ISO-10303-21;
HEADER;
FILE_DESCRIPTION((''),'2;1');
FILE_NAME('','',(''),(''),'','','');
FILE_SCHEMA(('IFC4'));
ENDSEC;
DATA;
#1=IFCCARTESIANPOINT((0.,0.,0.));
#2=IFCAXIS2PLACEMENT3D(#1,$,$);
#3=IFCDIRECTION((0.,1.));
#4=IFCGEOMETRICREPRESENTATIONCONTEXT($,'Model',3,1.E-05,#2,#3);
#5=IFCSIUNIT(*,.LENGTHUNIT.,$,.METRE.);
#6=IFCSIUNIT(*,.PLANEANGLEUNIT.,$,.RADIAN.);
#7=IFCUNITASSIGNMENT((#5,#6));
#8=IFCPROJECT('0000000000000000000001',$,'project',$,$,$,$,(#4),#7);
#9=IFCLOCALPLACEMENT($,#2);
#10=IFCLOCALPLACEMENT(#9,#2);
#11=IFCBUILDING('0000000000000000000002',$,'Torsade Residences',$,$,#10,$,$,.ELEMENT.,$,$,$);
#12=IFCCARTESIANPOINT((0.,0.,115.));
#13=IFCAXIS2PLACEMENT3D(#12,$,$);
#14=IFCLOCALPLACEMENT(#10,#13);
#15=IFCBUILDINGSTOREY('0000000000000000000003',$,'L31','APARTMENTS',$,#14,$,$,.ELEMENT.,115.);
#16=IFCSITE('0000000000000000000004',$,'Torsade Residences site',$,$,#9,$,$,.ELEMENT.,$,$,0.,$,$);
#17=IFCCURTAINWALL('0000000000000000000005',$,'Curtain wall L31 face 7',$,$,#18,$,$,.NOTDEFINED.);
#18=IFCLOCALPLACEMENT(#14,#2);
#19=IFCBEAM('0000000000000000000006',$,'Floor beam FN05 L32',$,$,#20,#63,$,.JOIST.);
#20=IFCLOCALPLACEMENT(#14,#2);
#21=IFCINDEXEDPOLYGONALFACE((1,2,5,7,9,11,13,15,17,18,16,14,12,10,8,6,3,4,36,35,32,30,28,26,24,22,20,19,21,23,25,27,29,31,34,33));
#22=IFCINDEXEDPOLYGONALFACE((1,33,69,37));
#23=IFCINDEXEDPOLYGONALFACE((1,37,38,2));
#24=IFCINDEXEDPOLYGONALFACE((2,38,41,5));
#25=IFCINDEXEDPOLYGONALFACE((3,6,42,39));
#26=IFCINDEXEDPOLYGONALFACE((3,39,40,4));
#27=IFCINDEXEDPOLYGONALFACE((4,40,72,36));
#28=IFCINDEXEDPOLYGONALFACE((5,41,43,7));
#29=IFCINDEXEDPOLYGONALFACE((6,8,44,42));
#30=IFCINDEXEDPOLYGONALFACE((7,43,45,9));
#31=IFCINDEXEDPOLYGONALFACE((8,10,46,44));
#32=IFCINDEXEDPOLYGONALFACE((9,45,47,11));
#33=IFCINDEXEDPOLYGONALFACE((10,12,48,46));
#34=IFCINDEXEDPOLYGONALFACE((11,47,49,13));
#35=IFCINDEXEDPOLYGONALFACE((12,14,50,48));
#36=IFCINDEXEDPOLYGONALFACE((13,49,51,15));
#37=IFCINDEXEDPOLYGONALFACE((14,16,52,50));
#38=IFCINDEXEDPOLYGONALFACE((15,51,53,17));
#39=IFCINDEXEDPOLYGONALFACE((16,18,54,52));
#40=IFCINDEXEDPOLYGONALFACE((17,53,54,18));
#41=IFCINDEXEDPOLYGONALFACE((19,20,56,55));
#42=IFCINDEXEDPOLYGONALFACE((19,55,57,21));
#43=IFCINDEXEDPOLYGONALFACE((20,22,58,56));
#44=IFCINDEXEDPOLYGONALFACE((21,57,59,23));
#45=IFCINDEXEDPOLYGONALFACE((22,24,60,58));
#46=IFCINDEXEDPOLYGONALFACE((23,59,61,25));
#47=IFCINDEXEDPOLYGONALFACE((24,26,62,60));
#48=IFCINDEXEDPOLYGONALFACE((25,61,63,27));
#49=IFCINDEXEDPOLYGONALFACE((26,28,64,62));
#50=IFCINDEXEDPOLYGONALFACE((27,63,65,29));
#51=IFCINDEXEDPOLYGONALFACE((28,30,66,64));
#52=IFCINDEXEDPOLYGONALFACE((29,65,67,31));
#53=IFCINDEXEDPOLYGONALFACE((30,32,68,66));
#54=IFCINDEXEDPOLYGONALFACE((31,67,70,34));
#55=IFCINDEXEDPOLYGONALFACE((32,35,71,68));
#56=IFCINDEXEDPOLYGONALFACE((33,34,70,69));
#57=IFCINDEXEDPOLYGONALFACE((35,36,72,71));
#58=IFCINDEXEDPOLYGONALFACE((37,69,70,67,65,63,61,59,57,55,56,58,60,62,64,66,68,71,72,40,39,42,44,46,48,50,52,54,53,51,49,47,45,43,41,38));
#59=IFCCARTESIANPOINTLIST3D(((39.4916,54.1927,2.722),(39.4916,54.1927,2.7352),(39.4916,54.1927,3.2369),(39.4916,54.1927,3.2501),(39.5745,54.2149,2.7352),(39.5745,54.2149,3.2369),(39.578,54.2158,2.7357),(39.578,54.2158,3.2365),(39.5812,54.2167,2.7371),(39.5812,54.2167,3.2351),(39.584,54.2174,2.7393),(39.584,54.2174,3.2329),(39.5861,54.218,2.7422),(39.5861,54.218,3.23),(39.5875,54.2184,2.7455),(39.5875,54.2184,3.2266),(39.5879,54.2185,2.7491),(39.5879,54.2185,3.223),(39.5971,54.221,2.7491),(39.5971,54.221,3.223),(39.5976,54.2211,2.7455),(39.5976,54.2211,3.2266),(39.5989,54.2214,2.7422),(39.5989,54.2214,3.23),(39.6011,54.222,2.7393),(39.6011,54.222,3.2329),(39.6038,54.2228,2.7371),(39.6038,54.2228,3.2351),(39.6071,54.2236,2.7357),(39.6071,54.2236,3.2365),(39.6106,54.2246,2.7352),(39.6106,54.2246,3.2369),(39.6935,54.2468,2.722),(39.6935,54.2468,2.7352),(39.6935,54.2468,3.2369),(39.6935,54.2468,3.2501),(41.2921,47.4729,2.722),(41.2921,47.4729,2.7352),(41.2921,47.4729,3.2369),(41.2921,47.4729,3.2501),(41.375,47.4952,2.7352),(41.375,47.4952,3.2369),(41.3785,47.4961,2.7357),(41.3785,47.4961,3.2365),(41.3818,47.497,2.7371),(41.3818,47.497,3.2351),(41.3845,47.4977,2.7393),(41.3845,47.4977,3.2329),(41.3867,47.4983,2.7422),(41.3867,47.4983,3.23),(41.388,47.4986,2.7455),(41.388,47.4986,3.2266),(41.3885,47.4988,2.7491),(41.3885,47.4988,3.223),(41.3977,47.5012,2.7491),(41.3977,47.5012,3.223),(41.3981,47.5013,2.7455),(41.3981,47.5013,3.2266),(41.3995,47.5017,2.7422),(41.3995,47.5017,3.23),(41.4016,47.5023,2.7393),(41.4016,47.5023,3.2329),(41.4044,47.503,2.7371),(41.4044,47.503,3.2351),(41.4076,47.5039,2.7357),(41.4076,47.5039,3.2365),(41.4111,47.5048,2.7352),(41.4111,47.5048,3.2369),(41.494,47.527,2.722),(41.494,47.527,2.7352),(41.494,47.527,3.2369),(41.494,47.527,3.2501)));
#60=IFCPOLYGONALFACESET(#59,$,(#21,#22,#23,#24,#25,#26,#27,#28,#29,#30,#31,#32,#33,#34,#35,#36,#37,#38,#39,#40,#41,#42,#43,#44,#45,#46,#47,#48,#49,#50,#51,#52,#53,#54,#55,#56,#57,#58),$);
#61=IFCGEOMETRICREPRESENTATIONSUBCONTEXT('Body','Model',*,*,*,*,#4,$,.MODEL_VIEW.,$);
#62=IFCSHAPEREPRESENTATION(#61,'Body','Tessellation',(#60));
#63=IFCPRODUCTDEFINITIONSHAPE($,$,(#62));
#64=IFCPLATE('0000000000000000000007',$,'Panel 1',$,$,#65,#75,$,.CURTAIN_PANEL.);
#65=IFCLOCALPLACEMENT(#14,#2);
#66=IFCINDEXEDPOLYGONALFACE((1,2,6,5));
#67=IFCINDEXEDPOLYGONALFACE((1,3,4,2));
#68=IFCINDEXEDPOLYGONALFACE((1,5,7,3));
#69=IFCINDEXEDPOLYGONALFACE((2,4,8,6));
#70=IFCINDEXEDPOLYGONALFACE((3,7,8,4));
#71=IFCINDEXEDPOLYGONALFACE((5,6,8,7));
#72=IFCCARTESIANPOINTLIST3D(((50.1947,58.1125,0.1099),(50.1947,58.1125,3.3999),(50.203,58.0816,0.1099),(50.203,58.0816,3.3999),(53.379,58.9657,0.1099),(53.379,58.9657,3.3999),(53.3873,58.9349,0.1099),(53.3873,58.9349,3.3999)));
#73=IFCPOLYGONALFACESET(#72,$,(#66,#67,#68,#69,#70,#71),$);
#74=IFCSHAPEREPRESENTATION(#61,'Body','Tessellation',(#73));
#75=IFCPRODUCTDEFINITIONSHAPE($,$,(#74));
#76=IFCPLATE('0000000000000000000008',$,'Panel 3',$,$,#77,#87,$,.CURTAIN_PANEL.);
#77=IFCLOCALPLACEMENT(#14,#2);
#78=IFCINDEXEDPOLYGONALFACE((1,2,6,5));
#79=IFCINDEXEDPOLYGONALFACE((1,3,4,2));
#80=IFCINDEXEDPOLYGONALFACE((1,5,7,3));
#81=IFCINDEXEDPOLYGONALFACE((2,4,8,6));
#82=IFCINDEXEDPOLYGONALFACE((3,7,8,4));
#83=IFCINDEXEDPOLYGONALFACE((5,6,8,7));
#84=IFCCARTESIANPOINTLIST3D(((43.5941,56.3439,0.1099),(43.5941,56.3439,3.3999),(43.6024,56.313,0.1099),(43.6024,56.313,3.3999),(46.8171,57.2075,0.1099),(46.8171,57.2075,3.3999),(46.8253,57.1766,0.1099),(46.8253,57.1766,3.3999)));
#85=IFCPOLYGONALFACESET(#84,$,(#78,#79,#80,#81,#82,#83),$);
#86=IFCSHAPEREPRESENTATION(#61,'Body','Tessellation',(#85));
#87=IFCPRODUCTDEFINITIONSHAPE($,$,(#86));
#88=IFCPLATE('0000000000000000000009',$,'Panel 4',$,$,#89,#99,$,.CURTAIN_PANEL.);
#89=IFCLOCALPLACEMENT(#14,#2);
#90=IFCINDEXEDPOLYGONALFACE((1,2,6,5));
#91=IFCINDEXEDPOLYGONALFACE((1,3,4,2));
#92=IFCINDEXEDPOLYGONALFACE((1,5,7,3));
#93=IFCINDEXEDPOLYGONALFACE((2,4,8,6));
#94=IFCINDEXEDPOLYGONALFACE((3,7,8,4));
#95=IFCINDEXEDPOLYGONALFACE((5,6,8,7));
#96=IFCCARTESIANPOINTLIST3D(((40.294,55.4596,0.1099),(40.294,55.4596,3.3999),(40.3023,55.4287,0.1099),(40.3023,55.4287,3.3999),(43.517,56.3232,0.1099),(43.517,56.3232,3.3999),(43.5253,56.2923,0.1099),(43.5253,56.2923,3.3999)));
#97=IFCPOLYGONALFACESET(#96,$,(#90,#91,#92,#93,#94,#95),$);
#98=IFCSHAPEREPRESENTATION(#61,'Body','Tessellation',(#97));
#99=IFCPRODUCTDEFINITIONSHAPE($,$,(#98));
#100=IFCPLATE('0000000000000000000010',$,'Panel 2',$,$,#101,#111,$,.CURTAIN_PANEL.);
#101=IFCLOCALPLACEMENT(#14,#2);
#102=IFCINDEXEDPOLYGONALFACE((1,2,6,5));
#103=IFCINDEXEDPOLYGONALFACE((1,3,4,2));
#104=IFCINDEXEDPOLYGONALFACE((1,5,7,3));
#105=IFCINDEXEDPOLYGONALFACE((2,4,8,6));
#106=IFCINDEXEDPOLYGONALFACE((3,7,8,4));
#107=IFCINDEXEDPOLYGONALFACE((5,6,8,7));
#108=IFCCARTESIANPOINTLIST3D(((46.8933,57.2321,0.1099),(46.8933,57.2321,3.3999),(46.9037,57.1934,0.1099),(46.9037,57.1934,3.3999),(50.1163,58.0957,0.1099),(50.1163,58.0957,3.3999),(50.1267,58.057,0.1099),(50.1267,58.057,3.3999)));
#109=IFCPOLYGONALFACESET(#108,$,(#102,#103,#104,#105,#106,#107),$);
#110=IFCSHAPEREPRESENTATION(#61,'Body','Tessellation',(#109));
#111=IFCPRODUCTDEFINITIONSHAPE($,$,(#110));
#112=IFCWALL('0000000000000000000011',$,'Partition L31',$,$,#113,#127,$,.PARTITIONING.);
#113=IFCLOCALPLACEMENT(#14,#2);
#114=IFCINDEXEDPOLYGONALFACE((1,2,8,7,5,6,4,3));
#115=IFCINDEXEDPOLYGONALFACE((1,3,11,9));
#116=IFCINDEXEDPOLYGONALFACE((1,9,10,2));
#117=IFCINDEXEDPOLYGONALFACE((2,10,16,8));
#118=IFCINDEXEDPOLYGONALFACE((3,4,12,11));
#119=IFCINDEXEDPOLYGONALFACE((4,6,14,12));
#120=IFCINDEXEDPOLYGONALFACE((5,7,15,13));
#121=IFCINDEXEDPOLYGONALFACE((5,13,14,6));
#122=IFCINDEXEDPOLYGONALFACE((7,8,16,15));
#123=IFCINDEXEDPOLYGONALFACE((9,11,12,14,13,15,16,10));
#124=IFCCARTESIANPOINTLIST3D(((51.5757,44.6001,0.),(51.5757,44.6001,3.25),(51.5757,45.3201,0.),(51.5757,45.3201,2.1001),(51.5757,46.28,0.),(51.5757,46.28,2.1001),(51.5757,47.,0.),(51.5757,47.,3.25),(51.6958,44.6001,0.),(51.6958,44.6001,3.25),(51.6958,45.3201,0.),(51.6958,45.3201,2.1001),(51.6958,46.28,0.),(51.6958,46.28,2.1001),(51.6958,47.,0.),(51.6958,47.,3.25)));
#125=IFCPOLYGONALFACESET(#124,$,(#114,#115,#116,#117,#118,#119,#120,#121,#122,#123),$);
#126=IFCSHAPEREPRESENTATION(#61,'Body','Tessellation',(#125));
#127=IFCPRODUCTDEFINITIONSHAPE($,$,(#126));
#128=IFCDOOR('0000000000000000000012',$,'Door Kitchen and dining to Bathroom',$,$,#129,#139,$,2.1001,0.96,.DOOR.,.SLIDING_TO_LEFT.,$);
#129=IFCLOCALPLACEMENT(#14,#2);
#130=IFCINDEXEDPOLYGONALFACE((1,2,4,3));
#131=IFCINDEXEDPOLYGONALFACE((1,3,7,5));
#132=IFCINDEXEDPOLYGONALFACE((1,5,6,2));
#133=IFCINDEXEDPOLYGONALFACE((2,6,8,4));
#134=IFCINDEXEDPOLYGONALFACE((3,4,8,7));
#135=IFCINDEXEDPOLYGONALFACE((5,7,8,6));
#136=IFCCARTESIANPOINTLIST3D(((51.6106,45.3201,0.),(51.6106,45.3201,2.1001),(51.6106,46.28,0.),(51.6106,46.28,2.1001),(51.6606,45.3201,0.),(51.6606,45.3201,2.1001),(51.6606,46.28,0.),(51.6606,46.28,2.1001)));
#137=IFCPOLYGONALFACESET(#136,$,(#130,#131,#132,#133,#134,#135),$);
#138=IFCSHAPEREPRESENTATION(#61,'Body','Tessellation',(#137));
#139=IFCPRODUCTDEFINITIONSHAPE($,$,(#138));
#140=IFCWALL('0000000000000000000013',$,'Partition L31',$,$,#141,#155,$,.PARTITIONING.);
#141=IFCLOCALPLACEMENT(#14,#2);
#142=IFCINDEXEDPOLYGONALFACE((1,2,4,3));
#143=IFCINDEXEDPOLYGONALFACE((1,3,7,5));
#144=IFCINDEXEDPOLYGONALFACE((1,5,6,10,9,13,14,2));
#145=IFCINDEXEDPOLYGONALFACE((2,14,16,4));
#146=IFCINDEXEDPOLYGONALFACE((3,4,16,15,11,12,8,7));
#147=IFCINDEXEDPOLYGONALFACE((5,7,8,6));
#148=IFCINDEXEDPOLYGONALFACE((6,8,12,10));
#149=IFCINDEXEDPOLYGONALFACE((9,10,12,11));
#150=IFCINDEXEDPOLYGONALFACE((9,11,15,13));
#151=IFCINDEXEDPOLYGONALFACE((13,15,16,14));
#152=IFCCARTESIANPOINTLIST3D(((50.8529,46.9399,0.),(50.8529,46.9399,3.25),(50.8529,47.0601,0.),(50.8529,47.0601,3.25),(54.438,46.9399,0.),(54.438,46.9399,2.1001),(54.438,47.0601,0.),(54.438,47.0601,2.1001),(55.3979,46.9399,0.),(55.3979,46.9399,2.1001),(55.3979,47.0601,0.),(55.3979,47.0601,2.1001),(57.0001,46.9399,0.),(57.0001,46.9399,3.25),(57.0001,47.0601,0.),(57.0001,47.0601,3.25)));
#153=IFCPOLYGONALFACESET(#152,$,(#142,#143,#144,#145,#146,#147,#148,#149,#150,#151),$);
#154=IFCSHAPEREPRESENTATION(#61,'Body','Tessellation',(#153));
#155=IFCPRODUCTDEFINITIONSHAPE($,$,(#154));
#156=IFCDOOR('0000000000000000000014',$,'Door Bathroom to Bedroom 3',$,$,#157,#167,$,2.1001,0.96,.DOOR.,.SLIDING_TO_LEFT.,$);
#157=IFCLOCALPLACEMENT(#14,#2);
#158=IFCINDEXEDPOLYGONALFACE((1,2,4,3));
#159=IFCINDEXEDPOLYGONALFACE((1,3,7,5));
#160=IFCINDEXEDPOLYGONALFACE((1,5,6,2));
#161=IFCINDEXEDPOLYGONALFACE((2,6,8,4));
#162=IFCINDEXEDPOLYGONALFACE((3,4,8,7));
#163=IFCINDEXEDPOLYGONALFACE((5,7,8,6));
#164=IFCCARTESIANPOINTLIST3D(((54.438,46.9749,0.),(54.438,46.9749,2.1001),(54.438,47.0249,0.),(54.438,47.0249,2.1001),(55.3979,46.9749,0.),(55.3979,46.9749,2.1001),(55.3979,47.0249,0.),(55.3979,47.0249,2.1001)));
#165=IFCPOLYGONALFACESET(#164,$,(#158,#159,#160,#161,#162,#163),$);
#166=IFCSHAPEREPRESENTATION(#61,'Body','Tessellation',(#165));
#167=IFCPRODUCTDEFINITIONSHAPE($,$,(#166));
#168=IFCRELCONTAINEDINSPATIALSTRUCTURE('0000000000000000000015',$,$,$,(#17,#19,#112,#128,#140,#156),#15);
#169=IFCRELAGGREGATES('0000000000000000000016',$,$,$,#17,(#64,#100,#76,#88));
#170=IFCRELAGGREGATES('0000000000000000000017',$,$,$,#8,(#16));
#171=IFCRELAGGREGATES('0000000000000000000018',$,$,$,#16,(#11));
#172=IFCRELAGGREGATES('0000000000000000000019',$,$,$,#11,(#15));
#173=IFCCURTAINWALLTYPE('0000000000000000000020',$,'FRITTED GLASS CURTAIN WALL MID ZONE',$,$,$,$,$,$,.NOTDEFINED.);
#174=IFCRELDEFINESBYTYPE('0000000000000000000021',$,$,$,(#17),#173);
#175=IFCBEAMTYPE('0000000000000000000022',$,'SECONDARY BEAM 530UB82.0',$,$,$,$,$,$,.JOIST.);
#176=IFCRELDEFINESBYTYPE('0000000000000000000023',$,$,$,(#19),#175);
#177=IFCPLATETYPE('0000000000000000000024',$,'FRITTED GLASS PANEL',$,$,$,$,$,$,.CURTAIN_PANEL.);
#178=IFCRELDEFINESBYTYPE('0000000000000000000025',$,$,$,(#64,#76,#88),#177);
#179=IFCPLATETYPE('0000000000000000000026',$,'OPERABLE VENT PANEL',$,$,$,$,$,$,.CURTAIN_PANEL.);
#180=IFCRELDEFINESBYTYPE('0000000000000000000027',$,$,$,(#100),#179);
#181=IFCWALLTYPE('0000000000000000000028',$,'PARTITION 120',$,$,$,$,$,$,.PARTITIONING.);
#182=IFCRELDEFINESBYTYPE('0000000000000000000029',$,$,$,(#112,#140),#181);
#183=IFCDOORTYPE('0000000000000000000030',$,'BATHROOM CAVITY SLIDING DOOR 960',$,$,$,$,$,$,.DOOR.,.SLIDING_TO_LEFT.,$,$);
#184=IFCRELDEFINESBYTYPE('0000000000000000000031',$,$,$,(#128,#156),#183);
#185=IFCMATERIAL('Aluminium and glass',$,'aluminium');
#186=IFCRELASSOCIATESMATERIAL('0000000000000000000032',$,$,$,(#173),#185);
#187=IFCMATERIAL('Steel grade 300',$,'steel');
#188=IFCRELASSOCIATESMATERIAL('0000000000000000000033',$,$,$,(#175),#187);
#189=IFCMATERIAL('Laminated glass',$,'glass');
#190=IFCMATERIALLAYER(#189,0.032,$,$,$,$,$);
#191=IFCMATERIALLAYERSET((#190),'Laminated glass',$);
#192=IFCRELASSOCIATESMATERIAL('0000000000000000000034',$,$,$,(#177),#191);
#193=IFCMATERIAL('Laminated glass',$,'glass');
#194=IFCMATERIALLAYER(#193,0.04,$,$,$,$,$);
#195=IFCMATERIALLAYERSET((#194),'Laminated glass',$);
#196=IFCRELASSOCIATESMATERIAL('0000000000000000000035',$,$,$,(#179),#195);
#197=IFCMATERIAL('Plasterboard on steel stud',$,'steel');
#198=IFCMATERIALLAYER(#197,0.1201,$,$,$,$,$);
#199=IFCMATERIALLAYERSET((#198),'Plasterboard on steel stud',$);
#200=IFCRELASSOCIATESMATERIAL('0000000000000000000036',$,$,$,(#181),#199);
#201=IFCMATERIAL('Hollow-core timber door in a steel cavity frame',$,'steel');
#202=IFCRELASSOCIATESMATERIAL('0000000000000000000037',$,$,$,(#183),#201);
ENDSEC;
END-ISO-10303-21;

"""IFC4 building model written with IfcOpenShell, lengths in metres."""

from ifc_helpers import new_model, si_unit, direction, frame, frame_2d, origin, origin_2d, place, context, subcontext, project, spatial, rectangle, i_section, extrude, material, layer, layer_set, material_profile, profile_set, type_object, element, fill, aggregate, save


model = new_model("IFC4")

# Units and contexts
model_context = context("Model", 3, precision=1e-05, world=origin(), true_north=direction((0.0, 1.0)))
body_context = subcontext(model_context, "Body", "Model", "MODEL_VIEW")
ifc_project = project(units=[si_unit("LENGTHUNIT", "METRE"), si_unit("PLANEANGLEUNIT", "RADIAN")], contexts=[model_context])

# Site, building, storey
site_placement = place(None, origin())
site = spatial("IfcSite", under=ifc_project, at=site_placement, Name="Torsade Residences site", CompositionType="ELEMENT", RefElevation=0.0)
building_placement = place(site_placement, origin())
building = spatial("IfcBuilding", under=site, at=building_placement, Name="Torsade Residences", CompositionType="ELEMENT")
storey_placement = place(building_placement, frame((0.0, 0.0, 115.0)))
storey = spatial("IfcBuildingStorey", under=building, at=storey_placement, Name="L31", Description="APARTMENTS", CompositionType="ELEMENT", Elevation=115.0)

# Curtain wall
ifc_material_1 = material(Name="Aluminium and glass", Category="aluminium")
curtain_wall_type = type_object("IfcCurtainWallType", Name="FRITTED GLASS CURTAIN WALL MID ZONE", PredefinedType="NOTDEFINED", material=ifc_material_1)
curtain_wall_placement = place(storey_placement, origin())
curtain_wall = element("IfcCurtainWall", 1, at=curtain_wall_placement, inside=storey, type_object=curtain_wall_type, Name="Curtain wall L31 face 7", PredefinedType="NOTDEFINED")

# Beam
ifc_material_2 = material(Name="Steel grade 300", Category="steel")
ifc_material_profile_1 = material_profile(ifc_material_2, i_section(OverallWidth=0.209, OverallDepth=0.5281, WebThickness=0.0095, FlangeThickness=0.0132, FilletRadius=0.0139, at=origin_2d()), Name="530UB82.0")
ifc_profile_set_1 = profile_set([ifc_material_profile_1], Name="Steel grade 300")
beam_type_1 = type_object("IfcBeamType", Name="SECONDARY BEAM 530UB82.0", PredefinedType="JOIST", material=ifc_profile_set_1)
beam_1_placement = place(storey_placement, frame((39.5925, 54.2197, 2.9861), z_axis=(0.258818, -0.965926, 0.0), x_axis=(0.965926, 0.258818, 0.0)))
element("IfcBeam", 2, at=beam_1_placement, inside=storey, type_object=beam_type_1, Name="Floor beam FN05 L32", PredefinedType="JOIST", context=body_context, shape_type="SweptSolid", body=[
    extrude(i_section(OverallWidth=0.209, OverallDepth=0.5281, WebThickness=0.0095, FlangeThickness=0.0132, FilletRadius=0.0139, at=origin_2d()), origin(), (0.0, 0.0, 1.0), 6.9568),
])

# Plates
ifc_material_3 = material(Name="Laminated glass", Category="glass")
ifc_layer_1 = layer(ifc_material_3, 0.032)
ifc_layer_set_1 = layer_set([ifc_layer_1], Name="Laminated glass")
plate_type_1 = type_object("IfcPlateType", Name="FRITTED GLASS PANEL", PredefinedType="CURTAIN_PANEL", material=ifc_layer_set_1)
plate_1_placement = place(storey_placement, frame((51.791, 58.5237, 0.1099), z_axis=(0.0, 0.0, 1.0), x_axis=(-0.965926, -0.258819, 0.0)))
plate_1 = element("IfcPlate", 3, at=plate_1_placement, type_object=plate_type_1, Name="Panel 1", PredefinedType="CURTAIN_PANEL", context=body_context, shape_type="SweptSolid", body=[
    extrude(rectangle(XDim=3.2966, YDim=0.032, at=origin_2d()), origin(), (0.0, 0.0, 1.0), 3.29),
])
plate_2_placement = place(storey_placement, frame((45.2097, 56.7603, 0.1099), z_axis=(0.0, 0.0, 1.0), x_axis=(-0.965926, -0.258819, 0.0)))
plate_2 = element("IfcPlate", 4, at=plate_2_placement, type_object=plate_type_1, Name="Panel 3", PredefinedType="CURTAIN_PANEL", context=body_context, shape_type="SweptSolid", body=[
    extrude(rectangle(XDim=3.3367, YDim=0.032, at=origin_2d()), origin(), (0.0, 0.0, 1.0), 3.29),
])
plate_3_placement = place(storey_placement, frame((41.9097, 55.876, 0.1099), z_axis=(0.0, 0.0, 1.0), x_axis=(-0.965926, -0.258819, 0.0)))
plate_3 = element("IfcPlate", 5, at=plate_3_placement, type_object=plate_type_1, Name="Panel 4", PredefinedType="CURTAIN_PANEL", context=body_context, shape_type="SweptSolid", body=[
    extrude(rectangle(XDim=3.3367, YDim=0.032, at=origin_2d()), origin(), (0.0, 0.0, 1.0), 3.29),
])
ifc_material_4 = material(Name="Laminated glass", Category="glass")
ifc_layer_2 = layer(ifc_material_4, 0.04)
ifc_layer_set_2 = layer_set([ifc_layer_2], Name="Laminated glass")
plate_type_2 = type_object("IfcPlateType", Name="OPERABLE VENT PANEL", PredefinedType="CURTAIN_PANEL", material=ifc_layer_set_2)
plate_4_placement = place(storey_placement, frame((48.51, 57.6445, 0.1099), z_axis=(0.0, 0.0, 1.0), x_axis=(-0.965926, -0.258819, 0.0)))
plate_4 = element("IfcPlate", 6, at=plate_4_placement, type_object=plate_type_2, Name="Panel 2", PredefinedType="CURTAIN_PANEL", context=body_context, shape_type="SweptSolid", body=[
    extrude(rectangle(XDim=3.3367, YDim=0.04, at=origin_2d()), origin(), (0.0, 0.0, 1.0), 3.29),
])
aggregate(curtain_wall, [plate_1, plate_4, plate_2, plate_3])

# Walls, openings, doors
ifc_material_5 = material(Name="Plasterboard on steel stud", Category="steel")
ifc_layer_3 = layer(ifc_material_5, 0.1201)
ifc_layer_set_3 = layer_set([ifc_layer_3], Name="Plasterboard on steel stud")
wall_type_1 = type_object("IfcWallType", Name="PARTITION 120", PredefinedType="PARTITIONING", material=ifc_layer_set_3)
wall_1_placement = place(storey_placement, frame((51.6357, 47.0, 0.0), z_axis=(0.0, 0.0, 1.0), x_axis=(0.0, -1.0, 0.0)))
wall_1 = element("IfcWall", 7, at=wall_1_placement, inside=storey, type_object=wall_type_1, Name="Partition L31", PredefinedType="PARTITIONING", context=body_context, shape_type="SweptSolid", body=[
    extrude(rectangle(XDim=2.3999, YDim=0.1201, at=frame_2d((1.2, 0.0))), origin(), (0.0, 0.0, 1.0), 3.25),
])
opening_1_placement = place(wall_1_placement, frame((0.72, 0.0, 0.0)))
opening_1 = element("IfcOpeningElement", 8, at=opening_1_placement, cuts=wall_1, PredefinedType="OPENING", context=body_context, shape_type="SweptSolid", body=[
    extrude(rectangle(XDim=0.96, YDim=2.1001, at=frame_2d((0.48, 1.05))), frame((0.0, 0.0701, 0.0), z_axis=(0.0, -1.0, 0.0), x_axis=(1.0, 0.0, 0.0)), (0.0, 0.0, 1.0), 0.1401),
])
ifc_material_6 = material(Name="Hollow-core timber door in a steel cavity frame", Category="steel")
door_type_1 = type_object("IfcDoorType", Name="BATHROOM CAVITY SLIDING DOOR 960", OperationType="SLIDING_TO_LEFT", PredefinedType="DOOR", material=ifc_material_6)
door_1_placement = place(opening_1_placement, origin())
door_1 = element("IfcDoor", 9, at=door_1_placement, inside=storey, type_object=door_type_1, Name="Door Kitchen and dining to Bathroom", OperationType="SLIDING_TO_LEFT", OverallHeight=2.1001, OverallWidth=0.96, PredefinedType="DOOR", context=body_context, shape_type="SweptSolid", body=[
    extrude(rectangle(XDim=0.96, YDim=2.1001, at=frame_2d((0.48, 1.05))), frame((0.0, 0.0249, 0.0), z_axis=(0.0, -1.0, 0.0), x_axis=(1.0, 0.0, 0.0)), (0.0, 0.0, 1.0), 0.05),
])
fill(opening_1, door_1)
wall_2_placement = place(storey_placement, frame((50.8528, 47.0, 0.0), z_axis=(0.0, 0.0, 1.0), x_axis=(1.0, 0.0, 0.0)))
wall_2 = element("IfcWall", 10, at=wall_2_placement, inside=storey, type_object=wall_type_1, Name="Partition L31", PredefinedType="PARTITIONING", context=body_context, shape_type="SweptSolid", body=[
    extrude(rectangle(XDim=6.1472, YDim=0.1201, at=frame_2d((3.0737, 0.0))), origin(), (0.0, 0.0, 1.0), 3.25),
])
opening_2_placement = place(wall_2_placement, frame((3.5852, 0.0, 0.0)))
opening_2 = element("IfcOpeningElement", 11, at=opening_2_placement, cuts=wall_2, PredefinedType="OPENING", context=body_context, shape_type="SweptSolid", body=[
    extrude(rectangle(XDim=0.96, YDim=2.1001, at=frame_2d((0.48, 1.05))), frame((0.0, 0.0701, 0.0), z_axis=(0.0, -1.0, 0.0), x_axis=(1.0, 0.0, 0.0)), (0.0, 0.0, 1.0), 0.1401),
])
door_2_placement = place(opening_2_placement, origin())
door_2 = element("IfcDoor", 12, at=door_2_placement, inside=storey, type_object=door_type_1, Name="Door Bathroom to Bedroom 3", OperationType="SLIDING_TO_LEFT", OverallHeight=2.1001, OverallWidth=0.96, PredefinedType="DOOR", context=body_context, shape_type="SweptSolid", body=[
    extrude(rectangle(XDim=0.96, YDim=2.1001, at=frame_2d((0.48, 1.05))), frame((0.0, 0.0249, 0.0), z_axis=(0.0, -1.0, 0.0), x_axis=(1.0, 0.0, 0.0)), (0.0, 0.0, 1.0), 0.05),
])
fill(opening_2, door_2)

save(model, "model.ifc")
